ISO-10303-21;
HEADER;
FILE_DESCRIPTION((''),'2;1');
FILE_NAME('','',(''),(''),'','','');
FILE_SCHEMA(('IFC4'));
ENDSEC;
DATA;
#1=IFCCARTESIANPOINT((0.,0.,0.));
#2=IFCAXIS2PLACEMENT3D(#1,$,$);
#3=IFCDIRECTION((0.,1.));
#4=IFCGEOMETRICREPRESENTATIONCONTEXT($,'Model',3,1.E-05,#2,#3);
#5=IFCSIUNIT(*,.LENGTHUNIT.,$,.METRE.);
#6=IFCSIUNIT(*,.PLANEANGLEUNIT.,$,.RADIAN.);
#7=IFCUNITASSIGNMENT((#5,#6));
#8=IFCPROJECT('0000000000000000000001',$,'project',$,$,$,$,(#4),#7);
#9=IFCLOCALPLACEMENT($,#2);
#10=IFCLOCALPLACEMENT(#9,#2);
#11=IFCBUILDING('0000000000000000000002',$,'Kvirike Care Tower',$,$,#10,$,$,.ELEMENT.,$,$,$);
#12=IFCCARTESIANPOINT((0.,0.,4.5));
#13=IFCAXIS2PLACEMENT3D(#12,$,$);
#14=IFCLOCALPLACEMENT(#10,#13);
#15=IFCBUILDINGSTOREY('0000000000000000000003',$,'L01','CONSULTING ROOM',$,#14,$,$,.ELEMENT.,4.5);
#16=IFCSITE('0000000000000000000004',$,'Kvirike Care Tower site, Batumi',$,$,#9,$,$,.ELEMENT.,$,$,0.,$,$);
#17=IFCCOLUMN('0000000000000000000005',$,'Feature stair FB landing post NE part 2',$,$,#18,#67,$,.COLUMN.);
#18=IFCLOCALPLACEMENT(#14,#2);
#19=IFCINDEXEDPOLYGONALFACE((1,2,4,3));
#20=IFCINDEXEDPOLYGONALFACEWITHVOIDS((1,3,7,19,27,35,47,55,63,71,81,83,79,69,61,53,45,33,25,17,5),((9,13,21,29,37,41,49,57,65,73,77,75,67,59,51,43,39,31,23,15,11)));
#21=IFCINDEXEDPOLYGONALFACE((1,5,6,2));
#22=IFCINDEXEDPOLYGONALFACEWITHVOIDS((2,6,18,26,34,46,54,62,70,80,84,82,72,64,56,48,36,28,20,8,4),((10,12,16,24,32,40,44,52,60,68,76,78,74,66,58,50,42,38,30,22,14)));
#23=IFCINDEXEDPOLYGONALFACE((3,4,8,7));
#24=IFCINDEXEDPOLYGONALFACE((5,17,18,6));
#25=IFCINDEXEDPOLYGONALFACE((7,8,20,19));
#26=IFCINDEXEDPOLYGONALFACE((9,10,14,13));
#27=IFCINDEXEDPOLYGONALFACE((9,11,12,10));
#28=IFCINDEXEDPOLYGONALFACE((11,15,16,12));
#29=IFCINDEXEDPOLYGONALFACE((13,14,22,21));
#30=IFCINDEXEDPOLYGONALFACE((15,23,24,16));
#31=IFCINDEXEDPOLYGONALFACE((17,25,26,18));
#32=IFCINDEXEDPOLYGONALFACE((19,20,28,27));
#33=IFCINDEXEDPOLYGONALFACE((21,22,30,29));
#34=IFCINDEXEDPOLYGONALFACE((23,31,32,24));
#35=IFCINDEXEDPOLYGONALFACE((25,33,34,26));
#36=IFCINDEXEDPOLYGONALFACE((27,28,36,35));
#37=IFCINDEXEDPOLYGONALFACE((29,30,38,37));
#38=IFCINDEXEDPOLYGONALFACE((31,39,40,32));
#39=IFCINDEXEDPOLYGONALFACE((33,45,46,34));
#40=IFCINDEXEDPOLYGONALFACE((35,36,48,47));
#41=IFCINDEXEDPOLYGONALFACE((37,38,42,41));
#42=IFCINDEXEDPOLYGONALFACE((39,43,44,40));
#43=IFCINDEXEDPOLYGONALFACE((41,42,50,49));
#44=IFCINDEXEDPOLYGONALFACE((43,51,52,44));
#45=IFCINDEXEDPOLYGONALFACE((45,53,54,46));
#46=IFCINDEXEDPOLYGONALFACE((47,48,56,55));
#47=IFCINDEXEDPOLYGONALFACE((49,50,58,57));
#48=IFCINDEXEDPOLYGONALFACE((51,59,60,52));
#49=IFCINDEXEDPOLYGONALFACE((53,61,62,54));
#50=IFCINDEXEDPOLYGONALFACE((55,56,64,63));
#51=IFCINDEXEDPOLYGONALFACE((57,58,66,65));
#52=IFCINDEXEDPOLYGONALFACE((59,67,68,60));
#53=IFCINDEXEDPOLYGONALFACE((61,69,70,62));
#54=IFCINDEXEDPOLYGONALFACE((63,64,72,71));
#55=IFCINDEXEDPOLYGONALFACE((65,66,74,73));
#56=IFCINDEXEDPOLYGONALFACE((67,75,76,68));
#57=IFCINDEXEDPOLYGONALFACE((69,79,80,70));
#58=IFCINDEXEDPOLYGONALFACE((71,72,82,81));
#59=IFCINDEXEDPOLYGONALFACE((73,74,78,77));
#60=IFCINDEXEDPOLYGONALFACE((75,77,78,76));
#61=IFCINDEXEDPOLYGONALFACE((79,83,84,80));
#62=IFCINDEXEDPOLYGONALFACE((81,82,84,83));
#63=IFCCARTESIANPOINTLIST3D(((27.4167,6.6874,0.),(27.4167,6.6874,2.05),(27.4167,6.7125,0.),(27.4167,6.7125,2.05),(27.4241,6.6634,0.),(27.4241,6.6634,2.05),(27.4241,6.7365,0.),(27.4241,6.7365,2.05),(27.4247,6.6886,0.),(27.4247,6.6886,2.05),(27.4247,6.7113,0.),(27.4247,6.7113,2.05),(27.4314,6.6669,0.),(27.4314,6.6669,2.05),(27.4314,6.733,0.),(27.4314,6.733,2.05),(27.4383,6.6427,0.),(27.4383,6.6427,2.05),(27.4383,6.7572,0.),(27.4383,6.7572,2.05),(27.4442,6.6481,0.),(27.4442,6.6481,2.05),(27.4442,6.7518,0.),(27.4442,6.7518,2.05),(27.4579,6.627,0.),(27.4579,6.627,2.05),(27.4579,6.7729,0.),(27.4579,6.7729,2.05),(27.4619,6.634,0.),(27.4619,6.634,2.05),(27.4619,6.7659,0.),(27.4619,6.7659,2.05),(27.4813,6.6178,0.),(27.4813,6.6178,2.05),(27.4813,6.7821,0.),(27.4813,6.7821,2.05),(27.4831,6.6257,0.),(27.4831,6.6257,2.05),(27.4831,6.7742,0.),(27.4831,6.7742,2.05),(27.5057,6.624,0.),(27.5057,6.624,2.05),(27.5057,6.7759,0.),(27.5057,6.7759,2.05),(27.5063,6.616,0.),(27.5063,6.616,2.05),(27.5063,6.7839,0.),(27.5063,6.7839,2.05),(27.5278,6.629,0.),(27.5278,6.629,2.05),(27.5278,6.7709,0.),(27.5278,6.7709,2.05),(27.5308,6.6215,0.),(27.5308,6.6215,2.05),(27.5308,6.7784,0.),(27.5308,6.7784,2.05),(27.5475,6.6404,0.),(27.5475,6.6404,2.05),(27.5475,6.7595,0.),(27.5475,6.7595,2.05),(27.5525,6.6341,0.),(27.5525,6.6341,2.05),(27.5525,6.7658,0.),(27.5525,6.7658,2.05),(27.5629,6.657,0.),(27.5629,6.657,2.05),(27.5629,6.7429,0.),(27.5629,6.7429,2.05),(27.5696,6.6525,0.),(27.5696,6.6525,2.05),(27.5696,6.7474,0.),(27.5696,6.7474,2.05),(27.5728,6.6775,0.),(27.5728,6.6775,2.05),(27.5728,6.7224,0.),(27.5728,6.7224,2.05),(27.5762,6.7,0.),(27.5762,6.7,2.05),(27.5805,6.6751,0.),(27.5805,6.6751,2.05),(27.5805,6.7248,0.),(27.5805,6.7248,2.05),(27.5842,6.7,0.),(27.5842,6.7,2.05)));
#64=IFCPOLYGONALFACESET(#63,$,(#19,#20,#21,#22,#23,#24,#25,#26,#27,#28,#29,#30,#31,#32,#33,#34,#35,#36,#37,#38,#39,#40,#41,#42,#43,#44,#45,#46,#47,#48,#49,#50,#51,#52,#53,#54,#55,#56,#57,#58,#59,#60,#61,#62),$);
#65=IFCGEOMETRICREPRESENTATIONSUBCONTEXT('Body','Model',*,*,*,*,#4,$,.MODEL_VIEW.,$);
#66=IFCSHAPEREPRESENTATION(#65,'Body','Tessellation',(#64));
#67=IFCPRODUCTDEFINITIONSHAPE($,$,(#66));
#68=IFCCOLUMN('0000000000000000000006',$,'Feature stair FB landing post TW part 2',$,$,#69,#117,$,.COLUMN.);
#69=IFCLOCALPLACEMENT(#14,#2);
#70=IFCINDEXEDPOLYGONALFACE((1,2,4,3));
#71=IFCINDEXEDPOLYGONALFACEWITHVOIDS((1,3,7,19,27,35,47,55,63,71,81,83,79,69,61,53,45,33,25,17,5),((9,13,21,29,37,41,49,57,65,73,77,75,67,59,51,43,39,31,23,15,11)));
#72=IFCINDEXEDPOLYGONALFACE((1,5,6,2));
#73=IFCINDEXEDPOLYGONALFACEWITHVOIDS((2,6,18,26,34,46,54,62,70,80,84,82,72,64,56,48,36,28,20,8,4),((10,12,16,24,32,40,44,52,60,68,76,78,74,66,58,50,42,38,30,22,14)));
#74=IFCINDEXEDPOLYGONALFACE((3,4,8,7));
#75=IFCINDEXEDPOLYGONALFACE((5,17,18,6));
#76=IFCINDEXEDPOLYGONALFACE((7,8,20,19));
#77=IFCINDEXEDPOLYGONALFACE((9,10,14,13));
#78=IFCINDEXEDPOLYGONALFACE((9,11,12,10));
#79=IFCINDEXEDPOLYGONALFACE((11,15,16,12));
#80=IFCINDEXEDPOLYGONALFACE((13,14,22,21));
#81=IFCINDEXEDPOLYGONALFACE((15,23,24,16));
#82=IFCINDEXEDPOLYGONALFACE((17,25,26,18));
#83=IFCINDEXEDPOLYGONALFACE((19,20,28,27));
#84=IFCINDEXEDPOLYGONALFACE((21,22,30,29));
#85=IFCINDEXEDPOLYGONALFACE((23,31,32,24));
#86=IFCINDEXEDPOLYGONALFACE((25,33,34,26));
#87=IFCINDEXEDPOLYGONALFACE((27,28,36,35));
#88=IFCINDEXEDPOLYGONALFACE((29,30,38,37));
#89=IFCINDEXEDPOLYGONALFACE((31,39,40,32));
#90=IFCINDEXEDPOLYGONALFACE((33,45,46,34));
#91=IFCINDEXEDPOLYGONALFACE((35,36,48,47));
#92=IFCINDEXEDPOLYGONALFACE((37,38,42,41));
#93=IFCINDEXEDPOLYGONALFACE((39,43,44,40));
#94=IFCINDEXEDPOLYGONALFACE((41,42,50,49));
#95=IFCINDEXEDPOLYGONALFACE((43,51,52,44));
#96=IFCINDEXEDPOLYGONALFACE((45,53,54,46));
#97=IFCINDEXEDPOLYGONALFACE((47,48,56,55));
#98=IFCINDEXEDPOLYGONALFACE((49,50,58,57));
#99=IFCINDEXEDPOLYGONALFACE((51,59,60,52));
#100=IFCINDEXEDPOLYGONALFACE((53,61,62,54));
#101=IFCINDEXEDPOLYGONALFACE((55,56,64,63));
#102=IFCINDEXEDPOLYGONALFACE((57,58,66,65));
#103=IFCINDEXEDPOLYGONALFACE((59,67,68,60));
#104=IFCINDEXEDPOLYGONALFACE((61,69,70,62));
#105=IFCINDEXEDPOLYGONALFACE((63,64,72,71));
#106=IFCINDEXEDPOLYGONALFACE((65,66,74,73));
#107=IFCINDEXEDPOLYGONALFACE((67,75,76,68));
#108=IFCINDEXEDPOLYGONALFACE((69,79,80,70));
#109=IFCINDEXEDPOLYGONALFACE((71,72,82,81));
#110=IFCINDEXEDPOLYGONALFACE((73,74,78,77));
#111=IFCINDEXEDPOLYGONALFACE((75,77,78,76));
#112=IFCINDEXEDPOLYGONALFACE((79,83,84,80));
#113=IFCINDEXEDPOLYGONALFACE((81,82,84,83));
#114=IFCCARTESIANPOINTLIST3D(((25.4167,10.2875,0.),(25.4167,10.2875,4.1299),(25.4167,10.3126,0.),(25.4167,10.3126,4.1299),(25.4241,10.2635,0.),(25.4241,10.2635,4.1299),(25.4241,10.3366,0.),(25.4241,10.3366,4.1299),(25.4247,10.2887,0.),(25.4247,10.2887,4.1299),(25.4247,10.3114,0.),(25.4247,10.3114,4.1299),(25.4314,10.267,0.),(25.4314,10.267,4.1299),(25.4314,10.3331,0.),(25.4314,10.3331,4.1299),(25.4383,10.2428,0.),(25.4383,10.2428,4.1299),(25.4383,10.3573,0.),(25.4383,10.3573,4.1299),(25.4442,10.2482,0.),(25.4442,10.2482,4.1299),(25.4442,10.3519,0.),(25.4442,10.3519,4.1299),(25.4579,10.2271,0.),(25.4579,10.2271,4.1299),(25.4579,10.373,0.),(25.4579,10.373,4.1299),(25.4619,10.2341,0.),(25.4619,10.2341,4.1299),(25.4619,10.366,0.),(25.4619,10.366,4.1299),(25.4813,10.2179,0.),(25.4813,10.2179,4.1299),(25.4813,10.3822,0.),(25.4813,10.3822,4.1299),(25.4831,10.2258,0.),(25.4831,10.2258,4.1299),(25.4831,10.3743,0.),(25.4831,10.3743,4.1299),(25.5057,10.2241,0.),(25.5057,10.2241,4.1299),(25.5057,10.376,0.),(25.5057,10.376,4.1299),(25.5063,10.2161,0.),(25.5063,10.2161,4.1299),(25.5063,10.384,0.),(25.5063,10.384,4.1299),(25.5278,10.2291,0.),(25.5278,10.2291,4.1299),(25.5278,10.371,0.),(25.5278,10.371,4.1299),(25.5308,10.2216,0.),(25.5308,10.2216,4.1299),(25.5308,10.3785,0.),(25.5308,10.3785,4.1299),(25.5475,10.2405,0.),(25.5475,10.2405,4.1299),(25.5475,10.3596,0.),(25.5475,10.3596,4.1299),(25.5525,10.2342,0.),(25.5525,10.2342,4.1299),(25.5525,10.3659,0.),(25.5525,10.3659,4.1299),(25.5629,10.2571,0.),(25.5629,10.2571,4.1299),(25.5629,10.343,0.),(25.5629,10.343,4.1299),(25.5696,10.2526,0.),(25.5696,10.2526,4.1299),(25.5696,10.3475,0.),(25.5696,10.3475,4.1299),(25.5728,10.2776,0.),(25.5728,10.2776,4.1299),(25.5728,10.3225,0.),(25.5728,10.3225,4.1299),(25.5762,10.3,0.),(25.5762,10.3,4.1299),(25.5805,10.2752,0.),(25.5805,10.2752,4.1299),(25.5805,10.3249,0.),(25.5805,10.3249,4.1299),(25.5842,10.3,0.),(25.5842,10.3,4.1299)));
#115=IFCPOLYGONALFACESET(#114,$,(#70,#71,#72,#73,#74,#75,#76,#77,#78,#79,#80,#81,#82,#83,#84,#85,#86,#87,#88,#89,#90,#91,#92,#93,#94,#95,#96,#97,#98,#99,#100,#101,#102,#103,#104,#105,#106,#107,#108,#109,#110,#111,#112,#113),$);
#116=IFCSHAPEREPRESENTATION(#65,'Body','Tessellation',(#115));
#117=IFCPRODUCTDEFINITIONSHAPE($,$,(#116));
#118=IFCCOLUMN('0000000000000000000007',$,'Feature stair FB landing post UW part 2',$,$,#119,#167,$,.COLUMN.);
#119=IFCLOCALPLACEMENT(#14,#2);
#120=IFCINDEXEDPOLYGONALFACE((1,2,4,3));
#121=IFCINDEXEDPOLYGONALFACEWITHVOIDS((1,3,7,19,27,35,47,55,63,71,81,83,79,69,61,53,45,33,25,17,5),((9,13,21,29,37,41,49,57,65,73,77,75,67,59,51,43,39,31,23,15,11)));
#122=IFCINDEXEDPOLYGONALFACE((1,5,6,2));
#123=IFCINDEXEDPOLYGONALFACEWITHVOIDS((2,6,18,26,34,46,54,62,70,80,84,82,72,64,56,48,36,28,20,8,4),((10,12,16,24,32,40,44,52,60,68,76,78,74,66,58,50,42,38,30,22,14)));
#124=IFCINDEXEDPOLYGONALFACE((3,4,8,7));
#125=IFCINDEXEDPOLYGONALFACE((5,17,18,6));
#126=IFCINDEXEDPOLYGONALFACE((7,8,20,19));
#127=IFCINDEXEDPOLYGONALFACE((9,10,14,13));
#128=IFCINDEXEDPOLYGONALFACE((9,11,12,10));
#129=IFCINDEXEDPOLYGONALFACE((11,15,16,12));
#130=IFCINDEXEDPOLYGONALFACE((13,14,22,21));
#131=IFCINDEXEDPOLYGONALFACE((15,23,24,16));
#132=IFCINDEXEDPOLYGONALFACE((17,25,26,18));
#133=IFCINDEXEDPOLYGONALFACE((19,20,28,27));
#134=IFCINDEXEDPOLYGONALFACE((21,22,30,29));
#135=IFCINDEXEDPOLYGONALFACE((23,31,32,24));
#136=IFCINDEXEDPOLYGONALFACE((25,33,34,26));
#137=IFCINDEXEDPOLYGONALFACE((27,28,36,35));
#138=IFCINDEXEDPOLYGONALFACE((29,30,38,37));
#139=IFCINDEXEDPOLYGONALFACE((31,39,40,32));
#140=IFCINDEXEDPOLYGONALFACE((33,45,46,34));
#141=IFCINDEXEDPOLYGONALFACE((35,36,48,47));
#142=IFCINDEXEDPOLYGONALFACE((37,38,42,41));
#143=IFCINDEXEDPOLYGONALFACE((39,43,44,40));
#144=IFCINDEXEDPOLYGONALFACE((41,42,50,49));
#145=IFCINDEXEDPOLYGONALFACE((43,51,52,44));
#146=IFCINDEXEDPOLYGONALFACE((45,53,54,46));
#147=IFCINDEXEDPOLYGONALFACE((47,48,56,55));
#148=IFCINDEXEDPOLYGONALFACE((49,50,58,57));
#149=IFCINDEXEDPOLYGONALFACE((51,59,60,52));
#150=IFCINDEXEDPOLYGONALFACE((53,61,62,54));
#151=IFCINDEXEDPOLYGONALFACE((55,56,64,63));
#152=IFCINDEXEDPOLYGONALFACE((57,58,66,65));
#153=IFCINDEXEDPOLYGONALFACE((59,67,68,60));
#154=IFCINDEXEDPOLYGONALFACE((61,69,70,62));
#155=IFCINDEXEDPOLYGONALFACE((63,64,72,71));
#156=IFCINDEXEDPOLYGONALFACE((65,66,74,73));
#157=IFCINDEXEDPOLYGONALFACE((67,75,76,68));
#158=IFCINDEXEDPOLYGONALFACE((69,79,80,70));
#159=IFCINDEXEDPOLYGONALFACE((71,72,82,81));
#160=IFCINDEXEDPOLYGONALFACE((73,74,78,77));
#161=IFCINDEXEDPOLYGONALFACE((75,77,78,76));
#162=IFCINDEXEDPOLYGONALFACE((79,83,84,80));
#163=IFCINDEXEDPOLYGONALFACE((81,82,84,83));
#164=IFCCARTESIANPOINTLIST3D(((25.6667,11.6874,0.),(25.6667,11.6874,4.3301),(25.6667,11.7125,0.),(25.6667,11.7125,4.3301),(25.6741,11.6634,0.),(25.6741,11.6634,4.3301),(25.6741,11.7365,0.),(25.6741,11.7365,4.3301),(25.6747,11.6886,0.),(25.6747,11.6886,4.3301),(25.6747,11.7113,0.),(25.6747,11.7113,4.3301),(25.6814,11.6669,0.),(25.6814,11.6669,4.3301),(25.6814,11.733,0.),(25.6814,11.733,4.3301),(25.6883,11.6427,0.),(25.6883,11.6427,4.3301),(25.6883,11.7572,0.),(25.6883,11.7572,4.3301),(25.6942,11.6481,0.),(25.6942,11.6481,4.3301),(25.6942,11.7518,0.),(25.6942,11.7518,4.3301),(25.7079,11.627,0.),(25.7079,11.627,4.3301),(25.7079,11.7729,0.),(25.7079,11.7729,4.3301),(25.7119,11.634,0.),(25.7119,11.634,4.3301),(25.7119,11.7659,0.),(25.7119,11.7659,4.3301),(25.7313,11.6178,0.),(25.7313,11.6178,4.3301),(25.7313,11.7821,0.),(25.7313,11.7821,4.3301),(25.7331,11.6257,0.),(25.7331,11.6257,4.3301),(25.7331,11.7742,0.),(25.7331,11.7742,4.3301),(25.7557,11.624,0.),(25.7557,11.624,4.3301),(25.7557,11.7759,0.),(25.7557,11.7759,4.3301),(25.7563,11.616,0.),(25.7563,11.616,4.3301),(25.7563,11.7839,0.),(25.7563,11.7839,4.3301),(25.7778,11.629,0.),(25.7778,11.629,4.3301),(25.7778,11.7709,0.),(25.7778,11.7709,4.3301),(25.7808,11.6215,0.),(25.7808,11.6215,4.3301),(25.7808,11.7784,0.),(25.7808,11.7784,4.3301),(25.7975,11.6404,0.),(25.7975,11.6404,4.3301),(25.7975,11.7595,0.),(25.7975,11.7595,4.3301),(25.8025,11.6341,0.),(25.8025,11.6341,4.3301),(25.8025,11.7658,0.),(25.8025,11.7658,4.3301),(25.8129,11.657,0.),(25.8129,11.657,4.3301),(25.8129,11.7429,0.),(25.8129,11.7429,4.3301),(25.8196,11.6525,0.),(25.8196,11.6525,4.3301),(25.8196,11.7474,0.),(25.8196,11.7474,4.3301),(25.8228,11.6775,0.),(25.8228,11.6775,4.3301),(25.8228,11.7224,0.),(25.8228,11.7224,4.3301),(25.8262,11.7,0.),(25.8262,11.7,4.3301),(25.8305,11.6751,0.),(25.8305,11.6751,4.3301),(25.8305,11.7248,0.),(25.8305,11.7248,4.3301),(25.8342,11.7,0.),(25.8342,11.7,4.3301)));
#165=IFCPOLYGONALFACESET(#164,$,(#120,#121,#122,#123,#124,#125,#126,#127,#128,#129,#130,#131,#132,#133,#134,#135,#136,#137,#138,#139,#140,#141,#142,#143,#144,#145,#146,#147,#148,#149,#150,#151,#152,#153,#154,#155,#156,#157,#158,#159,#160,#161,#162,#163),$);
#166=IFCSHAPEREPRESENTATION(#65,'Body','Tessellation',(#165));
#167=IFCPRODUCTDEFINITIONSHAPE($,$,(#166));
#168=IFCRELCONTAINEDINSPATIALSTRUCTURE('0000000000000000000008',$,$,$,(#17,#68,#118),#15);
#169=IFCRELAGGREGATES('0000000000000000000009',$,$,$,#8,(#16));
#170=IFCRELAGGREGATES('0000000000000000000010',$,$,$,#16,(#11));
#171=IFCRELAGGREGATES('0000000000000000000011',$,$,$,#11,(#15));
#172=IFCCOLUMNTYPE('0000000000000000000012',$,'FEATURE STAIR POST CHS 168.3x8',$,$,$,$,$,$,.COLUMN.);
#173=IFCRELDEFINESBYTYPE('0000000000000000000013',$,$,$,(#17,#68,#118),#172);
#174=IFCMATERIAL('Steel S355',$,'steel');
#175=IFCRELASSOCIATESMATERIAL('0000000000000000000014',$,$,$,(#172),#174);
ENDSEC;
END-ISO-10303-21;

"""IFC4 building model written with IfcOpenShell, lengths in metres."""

from ifc_helpers import new_model, si_unit, direction, frame, origin, origin_2d, place, context, subcontext, project, spatial, hollow_circle, extrude, material, material_profile, profile_set, type_object, element, save


model = new_model("IFC4")

# Units and contexts
model_context = context("Model", 3, precision=1e-05, world=origin(), true_north=direction((0.0, 1.0)))
body_context = subcontext(model_context, "Body", "Model", "MODEL_VIEW")
ifc_project = project(units=[si_unit("LENGTHUNIT", "METRE"), si_unit("PLANEANGLEUNIT", "RADIAN")], contexts=[model_context])

# Site, building, storey
site_placement = place(None, origin())
site = spatial("IfcSite", under=ifc_project, at=site_placement, Name="Kvirike Care Tower site, Batumi", CompositionType="ELEMENT", RefElevation=0.0)
building_placement = place(site_placement, origin())
building = spatial("IfcBuilding", under=site, at=building_placement, Name="Kvirike Care Tower", CompositionType="ELEMENT")
storey_placement = place(building_placement, frame((0.0, 0.0, 4.5)))
storey = spatial("IfcBuildingStorey", under=building, at=storey_placement, Name="L01", Description="CONSULTING ROOM", CompositionType="ELEMENT", Elevation=4.5)

# Columns
ifc_material_1 = material(Name="Steel S355", Category="steel")
ifc_material_profile_1 = material_profile(ifc_material_1, hollow_circle(Radius=0.0842, WallThickness=0.0081, at=origin_2d()), Name="CHS 168.3x8")
ifc_profile_set_1 = profile_set([ifc_material_profile_1], Name="Steel S355")
column_type_1 = type_object("IfcColumnType", Name="FEATURE STAIR POST CHS 168.3x8", PredefinedType="COLUMN", material=ifc_profile_set_1)
for number, where, z_axis, x_axis, name in (
    (1, (27.5, 6.7, 0.0), (0.0, 0.0, 1.0), (1.0, 0.0, 0.0), "Feature stair FB landing post NE part 2"),
):
    element("IfcColumn", number, at=place(storey_placement, frame(where, z_axis=z_axis, x_axis=x_axis)), inside=storey, type_object=column_type_1, Name=name, PredefinedType="COLUMN", context=body_context, shape_type="SweptSolid", body=[
        extrude(hollow_circle(Radius=0.0842, WallThickness=0.0081, at=origin_2d()), origin(), (0.0, 0.0, 1.0), 2.05),
    ])
column_1_placement = place(storey_placement, frame((25.5, 10.3, 0.0), z_axis=(0.0, 0.0, 1.0), x_axis=(1.0, 0.0, 0.0)))
element("IfcColumn", 2, at=column_1_placement, inside=storey, type_object=column_type_1, Name="Feature stair FB landing post TW part 2", PredefinedType="COLUMN", context=body_context, shape_type="SweptSolid", body=[
    extrude(hollow_circle(Radius=0.0842, WallThickness=0.0081, at=origin_2d()), origin(), (0.0, 0.0, 1.0), 4.1299),
])
for number, where, z_axis, x_axis, name in (
    (3, (25.75, 11.7, 0.0), (0.0, 0.0, 1.0), (1.0, 0.0, 0.0), "Feature stair FB landing post UW part 2"),
):
    element("IfcColumn", number, at=place(storey_placement, frame(where, z_axis=z_axis, x_axis=x_axis)), inside=storey, type_object=column_type_1, Name=name, PredefinedType="COLUMN", context=body_context, shape_type="SweptSolid", body=[
        extrude(hollow_circle(Radius=0.0842, WallThickness=0.0081, at=origin_2d()), origin(), (0.0, 0.0, 1.0), 4.3301),
    ])

save(model, "model.ifc")
